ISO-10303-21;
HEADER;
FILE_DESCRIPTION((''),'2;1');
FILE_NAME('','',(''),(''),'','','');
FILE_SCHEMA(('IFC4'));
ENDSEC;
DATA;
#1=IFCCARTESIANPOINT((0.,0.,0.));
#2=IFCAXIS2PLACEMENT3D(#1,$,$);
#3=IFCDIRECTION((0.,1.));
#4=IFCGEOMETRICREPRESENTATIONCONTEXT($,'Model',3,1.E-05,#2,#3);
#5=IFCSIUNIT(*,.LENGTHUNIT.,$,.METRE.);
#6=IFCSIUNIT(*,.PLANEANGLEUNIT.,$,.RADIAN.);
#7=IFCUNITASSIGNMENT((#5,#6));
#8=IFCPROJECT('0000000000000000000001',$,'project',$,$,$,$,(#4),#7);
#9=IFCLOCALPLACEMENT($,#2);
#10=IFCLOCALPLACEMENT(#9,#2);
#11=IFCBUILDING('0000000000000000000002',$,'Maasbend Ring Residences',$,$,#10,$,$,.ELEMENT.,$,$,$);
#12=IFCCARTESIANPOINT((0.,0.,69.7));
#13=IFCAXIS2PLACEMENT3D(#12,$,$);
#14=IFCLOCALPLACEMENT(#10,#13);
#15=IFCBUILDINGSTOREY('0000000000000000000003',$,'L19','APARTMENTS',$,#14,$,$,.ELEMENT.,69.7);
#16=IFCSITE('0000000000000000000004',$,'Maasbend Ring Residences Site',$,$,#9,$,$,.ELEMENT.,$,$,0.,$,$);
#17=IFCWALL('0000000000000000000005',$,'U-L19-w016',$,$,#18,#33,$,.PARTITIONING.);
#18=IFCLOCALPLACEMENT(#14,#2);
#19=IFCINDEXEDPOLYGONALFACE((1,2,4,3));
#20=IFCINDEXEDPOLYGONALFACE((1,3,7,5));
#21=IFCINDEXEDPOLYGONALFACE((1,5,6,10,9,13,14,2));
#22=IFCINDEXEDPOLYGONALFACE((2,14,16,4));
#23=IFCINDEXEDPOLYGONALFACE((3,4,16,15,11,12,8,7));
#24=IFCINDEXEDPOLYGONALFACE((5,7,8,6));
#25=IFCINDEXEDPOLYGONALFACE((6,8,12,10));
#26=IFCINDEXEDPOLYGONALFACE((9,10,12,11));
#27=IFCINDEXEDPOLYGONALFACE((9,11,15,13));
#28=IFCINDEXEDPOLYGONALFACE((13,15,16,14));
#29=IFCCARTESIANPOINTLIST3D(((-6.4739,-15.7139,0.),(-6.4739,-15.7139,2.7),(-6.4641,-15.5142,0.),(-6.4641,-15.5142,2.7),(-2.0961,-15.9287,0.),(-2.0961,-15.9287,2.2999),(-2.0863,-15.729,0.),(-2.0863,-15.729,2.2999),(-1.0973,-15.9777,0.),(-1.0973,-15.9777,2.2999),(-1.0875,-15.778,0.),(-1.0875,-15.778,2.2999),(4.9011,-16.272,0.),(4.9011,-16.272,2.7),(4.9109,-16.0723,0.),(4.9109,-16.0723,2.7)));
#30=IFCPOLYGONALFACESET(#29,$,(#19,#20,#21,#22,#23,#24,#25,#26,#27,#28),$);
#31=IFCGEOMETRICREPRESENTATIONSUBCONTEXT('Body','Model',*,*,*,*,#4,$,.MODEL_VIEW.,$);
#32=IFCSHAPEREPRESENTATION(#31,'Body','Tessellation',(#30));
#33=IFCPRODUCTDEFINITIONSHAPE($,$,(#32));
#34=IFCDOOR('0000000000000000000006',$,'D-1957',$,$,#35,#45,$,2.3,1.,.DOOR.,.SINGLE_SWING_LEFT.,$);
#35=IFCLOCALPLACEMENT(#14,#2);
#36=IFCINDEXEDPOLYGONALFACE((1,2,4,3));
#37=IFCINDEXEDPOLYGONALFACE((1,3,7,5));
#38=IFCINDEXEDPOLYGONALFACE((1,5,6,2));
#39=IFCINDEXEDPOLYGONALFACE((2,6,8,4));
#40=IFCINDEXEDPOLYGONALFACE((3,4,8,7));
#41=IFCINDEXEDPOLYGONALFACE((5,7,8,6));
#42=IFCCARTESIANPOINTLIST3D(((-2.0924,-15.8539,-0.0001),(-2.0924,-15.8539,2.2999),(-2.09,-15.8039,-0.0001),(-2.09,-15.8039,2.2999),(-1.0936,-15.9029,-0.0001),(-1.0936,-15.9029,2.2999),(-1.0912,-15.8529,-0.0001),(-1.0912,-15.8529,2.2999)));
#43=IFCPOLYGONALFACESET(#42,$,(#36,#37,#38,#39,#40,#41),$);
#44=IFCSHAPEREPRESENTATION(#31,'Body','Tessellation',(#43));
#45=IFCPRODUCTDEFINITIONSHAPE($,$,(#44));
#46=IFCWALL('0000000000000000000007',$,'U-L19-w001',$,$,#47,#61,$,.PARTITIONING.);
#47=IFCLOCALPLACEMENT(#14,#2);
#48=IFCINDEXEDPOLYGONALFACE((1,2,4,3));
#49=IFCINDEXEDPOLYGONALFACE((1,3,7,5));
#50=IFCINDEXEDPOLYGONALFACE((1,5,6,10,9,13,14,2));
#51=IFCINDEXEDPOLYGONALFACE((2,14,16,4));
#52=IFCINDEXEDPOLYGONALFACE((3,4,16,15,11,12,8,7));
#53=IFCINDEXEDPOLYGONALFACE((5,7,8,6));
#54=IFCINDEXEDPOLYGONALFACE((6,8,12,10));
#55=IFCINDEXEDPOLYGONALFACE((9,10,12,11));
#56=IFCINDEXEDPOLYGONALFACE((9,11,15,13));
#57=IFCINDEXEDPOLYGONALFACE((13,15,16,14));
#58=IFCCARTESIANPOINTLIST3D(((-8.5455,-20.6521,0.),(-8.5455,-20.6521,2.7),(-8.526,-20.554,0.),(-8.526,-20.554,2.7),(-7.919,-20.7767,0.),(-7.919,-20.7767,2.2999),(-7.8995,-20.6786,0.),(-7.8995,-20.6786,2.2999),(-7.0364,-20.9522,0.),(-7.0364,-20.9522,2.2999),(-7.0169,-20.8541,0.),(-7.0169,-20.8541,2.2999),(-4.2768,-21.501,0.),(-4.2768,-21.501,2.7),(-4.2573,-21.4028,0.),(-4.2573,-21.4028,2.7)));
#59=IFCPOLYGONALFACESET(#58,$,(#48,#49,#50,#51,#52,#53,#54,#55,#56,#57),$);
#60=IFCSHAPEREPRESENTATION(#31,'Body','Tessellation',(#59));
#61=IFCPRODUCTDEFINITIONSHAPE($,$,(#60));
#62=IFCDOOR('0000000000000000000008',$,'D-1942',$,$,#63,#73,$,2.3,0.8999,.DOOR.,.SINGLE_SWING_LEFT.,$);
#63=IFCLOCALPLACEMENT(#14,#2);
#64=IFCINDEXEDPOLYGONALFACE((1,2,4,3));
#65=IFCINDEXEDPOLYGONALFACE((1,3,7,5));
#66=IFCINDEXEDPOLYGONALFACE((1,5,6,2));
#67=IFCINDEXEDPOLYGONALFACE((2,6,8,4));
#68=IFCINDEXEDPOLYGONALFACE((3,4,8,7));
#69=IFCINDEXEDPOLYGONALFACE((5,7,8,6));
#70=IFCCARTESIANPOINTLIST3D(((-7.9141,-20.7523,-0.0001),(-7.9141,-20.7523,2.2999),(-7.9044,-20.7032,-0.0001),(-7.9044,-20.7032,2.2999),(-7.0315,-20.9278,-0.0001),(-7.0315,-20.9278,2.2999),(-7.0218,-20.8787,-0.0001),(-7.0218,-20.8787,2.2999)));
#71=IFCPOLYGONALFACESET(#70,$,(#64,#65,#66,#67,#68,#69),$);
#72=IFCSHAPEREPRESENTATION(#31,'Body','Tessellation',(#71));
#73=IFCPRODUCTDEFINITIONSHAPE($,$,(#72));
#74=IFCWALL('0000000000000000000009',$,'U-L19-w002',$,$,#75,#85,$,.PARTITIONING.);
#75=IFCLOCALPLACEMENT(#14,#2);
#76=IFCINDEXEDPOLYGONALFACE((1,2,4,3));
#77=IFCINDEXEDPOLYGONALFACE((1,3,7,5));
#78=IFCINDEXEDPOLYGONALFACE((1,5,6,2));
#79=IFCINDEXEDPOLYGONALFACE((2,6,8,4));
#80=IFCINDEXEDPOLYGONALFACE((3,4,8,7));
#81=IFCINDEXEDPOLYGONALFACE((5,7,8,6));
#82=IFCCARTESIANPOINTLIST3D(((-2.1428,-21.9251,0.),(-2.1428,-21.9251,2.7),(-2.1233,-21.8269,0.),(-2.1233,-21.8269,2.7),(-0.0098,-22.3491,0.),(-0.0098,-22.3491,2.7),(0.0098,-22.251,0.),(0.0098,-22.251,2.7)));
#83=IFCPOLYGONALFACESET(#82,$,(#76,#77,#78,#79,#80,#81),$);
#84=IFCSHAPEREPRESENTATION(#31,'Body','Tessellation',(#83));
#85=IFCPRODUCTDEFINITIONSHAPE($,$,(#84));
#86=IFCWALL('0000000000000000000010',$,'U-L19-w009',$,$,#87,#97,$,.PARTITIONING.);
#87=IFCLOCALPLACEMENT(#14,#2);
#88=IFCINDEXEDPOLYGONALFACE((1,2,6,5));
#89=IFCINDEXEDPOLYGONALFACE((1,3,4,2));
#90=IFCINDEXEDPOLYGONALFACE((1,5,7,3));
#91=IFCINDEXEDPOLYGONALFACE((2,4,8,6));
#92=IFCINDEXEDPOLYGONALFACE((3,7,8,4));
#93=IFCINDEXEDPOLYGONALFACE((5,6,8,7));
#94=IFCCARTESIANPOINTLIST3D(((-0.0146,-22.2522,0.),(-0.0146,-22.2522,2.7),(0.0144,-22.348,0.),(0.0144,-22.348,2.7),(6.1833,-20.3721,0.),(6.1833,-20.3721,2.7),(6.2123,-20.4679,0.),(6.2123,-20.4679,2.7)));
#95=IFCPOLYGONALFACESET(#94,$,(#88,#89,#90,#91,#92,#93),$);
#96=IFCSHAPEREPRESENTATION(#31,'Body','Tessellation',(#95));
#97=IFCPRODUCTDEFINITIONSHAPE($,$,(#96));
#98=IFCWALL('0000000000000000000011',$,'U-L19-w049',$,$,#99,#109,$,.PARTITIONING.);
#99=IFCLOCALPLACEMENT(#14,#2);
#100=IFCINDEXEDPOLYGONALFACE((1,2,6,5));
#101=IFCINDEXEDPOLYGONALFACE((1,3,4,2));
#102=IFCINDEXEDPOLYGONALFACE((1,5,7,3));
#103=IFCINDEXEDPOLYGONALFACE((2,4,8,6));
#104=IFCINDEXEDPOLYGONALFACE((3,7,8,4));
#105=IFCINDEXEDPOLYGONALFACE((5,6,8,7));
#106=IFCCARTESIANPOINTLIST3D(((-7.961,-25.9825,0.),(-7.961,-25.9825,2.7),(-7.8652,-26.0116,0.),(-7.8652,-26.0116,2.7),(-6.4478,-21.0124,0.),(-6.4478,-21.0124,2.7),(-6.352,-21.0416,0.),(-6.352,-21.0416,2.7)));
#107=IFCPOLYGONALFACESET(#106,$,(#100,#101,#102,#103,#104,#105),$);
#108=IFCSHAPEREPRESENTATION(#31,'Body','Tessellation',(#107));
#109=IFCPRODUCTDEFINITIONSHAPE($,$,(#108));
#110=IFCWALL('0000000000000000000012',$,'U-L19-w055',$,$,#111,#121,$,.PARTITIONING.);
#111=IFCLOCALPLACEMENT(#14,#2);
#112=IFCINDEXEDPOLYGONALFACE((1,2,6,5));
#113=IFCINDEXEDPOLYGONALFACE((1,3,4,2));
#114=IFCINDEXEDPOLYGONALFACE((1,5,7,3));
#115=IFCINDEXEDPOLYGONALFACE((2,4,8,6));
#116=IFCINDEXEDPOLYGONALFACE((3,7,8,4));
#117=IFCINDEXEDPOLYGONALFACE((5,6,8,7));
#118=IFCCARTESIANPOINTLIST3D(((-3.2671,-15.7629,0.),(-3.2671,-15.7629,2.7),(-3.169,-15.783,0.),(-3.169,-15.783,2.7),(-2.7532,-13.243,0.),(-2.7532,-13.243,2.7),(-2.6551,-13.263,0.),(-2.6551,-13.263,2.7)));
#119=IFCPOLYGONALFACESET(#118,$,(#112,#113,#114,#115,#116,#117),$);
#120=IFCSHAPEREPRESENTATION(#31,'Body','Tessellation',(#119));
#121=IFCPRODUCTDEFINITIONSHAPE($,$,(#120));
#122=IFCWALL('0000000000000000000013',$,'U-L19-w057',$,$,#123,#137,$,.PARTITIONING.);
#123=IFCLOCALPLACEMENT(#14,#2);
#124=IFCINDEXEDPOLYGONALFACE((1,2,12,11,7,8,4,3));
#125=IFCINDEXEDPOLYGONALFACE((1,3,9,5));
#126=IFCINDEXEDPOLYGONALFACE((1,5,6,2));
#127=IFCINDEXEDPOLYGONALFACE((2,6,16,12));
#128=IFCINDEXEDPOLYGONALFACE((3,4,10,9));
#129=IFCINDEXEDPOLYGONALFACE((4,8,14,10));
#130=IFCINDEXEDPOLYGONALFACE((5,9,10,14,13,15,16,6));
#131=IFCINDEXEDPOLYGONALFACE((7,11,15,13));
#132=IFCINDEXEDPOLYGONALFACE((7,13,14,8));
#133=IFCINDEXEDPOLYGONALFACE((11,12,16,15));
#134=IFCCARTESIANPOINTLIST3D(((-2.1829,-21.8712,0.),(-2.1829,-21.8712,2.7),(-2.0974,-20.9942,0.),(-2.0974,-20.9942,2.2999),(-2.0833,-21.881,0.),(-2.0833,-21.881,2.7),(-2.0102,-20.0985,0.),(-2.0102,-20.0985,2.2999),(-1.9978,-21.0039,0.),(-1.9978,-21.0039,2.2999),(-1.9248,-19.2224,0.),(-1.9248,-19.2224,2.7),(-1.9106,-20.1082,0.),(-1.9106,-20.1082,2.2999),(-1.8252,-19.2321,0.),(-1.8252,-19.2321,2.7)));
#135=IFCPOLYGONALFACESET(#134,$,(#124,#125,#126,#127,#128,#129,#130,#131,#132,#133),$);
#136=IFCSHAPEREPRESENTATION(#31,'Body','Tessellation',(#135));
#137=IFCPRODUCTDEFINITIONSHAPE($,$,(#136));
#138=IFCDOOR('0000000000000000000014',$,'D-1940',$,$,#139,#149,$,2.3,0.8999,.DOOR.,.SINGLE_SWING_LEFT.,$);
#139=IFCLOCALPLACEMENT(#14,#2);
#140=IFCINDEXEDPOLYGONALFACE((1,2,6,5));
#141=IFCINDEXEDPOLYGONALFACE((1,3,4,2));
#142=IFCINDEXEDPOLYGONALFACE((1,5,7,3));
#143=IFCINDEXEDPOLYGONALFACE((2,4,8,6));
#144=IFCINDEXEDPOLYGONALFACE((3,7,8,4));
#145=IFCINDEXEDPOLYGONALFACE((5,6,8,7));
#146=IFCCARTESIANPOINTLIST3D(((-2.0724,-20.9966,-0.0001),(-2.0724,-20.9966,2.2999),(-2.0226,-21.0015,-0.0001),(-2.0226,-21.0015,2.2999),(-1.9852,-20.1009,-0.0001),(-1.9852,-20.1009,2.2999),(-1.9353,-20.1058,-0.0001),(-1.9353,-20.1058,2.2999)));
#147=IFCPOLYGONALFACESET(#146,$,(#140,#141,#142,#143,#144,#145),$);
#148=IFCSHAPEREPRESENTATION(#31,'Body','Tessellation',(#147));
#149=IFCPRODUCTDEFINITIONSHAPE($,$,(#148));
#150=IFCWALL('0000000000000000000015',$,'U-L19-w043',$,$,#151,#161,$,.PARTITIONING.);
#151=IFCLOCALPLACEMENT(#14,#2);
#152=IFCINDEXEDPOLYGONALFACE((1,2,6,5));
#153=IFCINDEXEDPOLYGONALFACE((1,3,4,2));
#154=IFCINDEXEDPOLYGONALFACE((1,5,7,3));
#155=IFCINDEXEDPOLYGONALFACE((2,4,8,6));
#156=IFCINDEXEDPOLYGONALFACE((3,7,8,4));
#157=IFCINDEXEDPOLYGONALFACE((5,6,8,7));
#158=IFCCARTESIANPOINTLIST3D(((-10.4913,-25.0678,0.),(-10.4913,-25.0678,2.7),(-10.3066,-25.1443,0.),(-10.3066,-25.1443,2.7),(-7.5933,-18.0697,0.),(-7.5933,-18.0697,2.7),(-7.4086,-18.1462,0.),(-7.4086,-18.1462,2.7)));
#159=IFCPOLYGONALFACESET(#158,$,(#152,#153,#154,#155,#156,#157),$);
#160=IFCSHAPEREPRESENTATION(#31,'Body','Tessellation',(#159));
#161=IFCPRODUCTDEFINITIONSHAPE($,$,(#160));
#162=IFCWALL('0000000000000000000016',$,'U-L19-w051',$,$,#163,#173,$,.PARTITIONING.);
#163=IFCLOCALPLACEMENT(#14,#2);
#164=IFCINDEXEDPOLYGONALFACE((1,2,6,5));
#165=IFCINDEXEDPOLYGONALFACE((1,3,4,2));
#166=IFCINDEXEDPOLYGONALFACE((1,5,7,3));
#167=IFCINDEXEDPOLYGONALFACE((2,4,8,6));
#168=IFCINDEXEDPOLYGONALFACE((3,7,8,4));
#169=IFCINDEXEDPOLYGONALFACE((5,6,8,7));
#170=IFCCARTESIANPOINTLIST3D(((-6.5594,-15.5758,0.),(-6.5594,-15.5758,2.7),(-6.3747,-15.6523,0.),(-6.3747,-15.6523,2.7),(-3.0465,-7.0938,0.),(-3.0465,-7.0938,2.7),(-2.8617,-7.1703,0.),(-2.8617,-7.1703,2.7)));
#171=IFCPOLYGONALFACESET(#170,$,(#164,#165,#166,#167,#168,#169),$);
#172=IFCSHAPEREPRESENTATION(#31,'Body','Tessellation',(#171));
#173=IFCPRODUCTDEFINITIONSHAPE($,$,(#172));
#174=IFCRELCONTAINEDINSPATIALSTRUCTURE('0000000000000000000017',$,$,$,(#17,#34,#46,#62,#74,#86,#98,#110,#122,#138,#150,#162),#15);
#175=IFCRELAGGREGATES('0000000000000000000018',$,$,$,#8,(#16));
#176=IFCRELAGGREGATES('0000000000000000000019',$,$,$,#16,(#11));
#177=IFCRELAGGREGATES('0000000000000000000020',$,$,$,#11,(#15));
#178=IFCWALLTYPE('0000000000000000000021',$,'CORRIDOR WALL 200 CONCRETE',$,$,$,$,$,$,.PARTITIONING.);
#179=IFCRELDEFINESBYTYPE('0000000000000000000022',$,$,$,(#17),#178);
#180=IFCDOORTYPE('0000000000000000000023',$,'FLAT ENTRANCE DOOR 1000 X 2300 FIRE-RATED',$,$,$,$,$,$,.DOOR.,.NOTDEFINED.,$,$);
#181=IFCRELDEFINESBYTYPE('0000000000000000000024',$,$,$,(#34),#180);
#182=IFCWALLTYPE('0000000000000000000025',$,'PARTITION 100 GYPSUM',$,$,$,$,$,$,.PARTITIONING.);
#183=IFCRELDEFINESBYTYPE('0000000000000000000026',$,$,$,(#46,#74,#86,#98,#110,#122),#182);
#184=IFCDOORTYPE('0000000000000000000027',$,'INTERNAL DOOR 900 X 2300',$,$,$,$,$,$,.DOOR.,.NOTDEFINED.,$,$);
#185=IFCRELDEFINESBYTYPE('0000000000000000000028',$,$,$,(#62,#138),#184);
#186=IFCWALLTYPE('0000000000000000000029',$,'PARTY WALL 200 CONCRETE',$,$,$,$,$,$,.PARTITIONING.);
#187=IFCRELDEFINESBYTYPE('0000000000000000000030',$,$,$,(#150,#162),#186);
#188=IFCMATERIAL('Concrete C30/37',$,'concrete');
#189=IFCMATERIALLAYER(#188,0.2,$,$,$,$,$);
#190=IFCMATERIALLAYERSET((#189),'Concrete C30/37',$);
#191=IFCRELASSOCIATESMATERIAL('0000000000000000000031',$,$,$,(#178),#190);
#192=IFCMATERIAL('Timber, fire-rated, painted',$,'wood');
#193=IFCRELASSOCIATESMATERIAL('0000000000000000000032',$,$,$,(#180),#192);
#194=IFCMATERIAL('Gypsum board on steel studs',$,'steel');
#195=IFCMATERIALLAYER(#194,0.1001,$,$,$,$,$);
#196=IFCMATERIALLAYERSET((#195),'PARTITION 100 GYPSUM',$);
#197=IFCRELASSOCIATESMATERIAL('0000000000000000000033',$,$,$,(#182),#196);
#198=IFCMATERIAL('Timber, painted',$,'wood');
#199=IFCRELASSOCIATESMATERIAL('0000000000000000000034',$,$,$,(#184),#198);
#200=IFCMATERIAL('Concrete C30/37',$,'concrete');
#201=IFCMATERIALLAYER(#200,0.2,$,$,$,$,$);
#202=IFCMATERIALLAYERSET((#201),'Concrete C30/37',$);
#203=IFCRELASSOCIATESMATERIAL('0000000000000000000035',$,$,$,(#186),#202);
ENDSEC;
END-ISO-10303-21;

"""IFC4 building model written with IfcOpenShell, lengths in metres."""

from ifc_helpers import new_model, si_unit, direction, frame, frame_2d, origin, place, context, subcontext, project, spatial, rectangle, extrude, material, layer, layer_set, type_object, element, fill, save


model = new_model("IFC4")

# Units and contexts
model_context = context("Model", 3, precision=1e-05, world=origin(), true_north=direction((0.0, 1.0)))
body_context = subcontext(model_context, "Body", "Model", "MODEL_VIEW")
ifc_project = project(units=[si_unit("LENGTHUNIT", "METRE"), si_unit("PLANEANGLEUNIT", "RADIAN")], contexts=[model_context])

# Site, building, storey
site_placement = place(None, origin())
site = spatial("IfcSite", under=ifc_project, at=site_placement, Name="Maasbend Ring Residences Site", CompositionType="ELEMENT", RefElevation=0.0)
building_placement = place(site_placement, origin())
building = spatial("IfcBuilding", under=site, at=building_placement, Name="Maasbend Ring Residences", CompositionType="ELEMENT")
storey_placement = place(building_placement, frame((0.0, 0.0, 69.7)))
storey = spatial("IfcBuildingStorey", under=building, at=storey_placement, Name="L19", Description="APARTMENTS", CompositionType="ELEMENT", Elevation=69.7)

# Walls, openings, doors
ifc_material_1 = material(Name="Concrete C30/37", Category="concrete")
ifc_layer_1 = layer(ifc_material_1, 0.2)
ifc_layer_set_1 = layer_set([ifc_layer_1], Name="Concrete C30/37")
wall_type_1 = type_object("IfcWallType", Name="CORRIDOR WALL 200 CONCRETE", PredefinedType="PARTITIONING", material=ifc_layer_set_1)
ifc_material_2 = material(Name="Timber, fire-rated, painted", Category="wood")
door_type_1 = type_object("IfcDoorType", Name="FLAT ENTRANCE DOOR 1000 X 2300 FIRE-RATED", OperationType="NOTDEFINED", PredefinedType="DOOR", material=ifc_material_2)
wall_1_placement = place(storey_placement, frame((-6.469, -15.614, 0.0), z_axis=(0.0, 0.0, 1.0), x_axis=(0.998799, -0.049005, 0.0)))
wall_1 = element("IfcWall", 1, at=wall_1_placement, inside=storey, type_object=wall_type_1, Name="U-L19-w016", PredefinedType="PARTITIONING", context=body_context, shape_type="SweptSolid", body=[
    extrude(rectangle(XDim=11.3887, YDim=0.2, at=frame_2d((5.6943, 0.0))), origin(), (0.0, 0.0, 1.0), 2.7),
])
opening_1_placement = place(wall_1_placement, frame((4.3831, 0.0, 0.0)))
opening_1 = element("IfcOpeningElement", 2, at=opening_1_placement, cuts=wall_1, PredefinedType="OPENING", context=body_context, shape_type="SweptSolid", body=[
    extrude(rectangle(XDim=1.0, YDim=2.3, at=frame_2d((0.5, 1.1499))), frame((0.0, 0.1099, 0.0), z_axis=(0.0, -1.0, 0.0), x_axis=(1.0, 0.0, 0.0)), (0.0, 0.0, 1.0), 0.22),
])
door_1_placement = place(opening_1_placement, origin())
door_1 = element("IfcDoor", 3, at=door_1_placement, inside=storey, type_object=door_type_1, Name="D-1957", OperationType="SINGLE_SWING_LEFT", OverallHeight=2.3, OverallWidth=1.0, PredefinedType="DOOR", context=body_context, shape_type="SweptSolid", body=[
    extrude(rectangle(XDim=1.0, YDim=2.3, at=frame_2d((0.5, 1.1499))), frame((0.0, 0.0249, 0.0), z_axis=(0.0, -1.0, 0.0), x_axis=(1.0, 0.0, 0.0)), (0.0, 0.0, 1.0), 0.05),
])
fill(opening_1, door_1)
ifc_material_3 = material(Name="Gypsum board on steel studs", Category="steel")
ifc_layer_2 = layer(ifc_material_3, 0.1001)
ifc_layer_set_2 = layer_set([ifc_layer_2], Name="PARTITION 100 GYPSUM")
wall_type_2 = type_object("IfcWallType", Name="PARTITION 100 GYPSUM", PredefinedType="PARTITIONING", material=ifc_layer_set_2)
wall_2_placement = place(storey_placement, frame((-8.5359, -20.603, 0.0), z_axis=(0.0, 0.0, 1.0), x_axis=(0.980796, -0.195037, 0.0)))
wall_2 = element("IfcWall", 4, at=wall_2_placement, inside=storey, type_object=wall_type_2, Name="U-L19-w001", PredefinedType="PARTITIONING", context=body_context, shape_type="SweptSolid", body=[
    extrude(rectangle(XDim=4.3523, YDim=0.1001, at=frame_2d((2.1763, 0.0))), origin(), (0.0, 0.0, 1.0), 2.7),
])
opening_2_placement = place(wall_2_placement, frame((0.6389, 0.0, 0.0)))
opening_2 = element("IfcOpeningElement", 5, at=opening_2_placement, cuts=wall_2, PredefinedType="OPENING", context=body_context, shape_type="SweptSolid", body=[
    extrude(rectangle(XDim=0.8999, YDim=2.3, at=frame_2d((0.45, 1.1499))), frame((0.0, 0.0601, 0.0), z_axis=(0.0, -1.0, 0.0), x_axis=(1.0, 0.0, 0.0)), (0.0, 0.0, 1.0), 0.1201),
])
ifc_material_4 = material(Name="Timber, painted", Category="wood")
door_type_2 = type_object("IfcDoorType", Name="INTERNAL DOOR 900 X 2300", OperationType="NOTDEFINED", PredefinedType="DOOR", material=ifc_material_4)
door_2_placement = place(opening_2_placement, origin())
door_2 = element("IfcDoor", 6, at=door_2_placement, inside=storey, type_object=door_type_2, Name="D-1942", OperationType="SINGLE_SWING_LEFT", OverallHeight=2.3, OverallWidth=0.8999, PredefinedType="DOOR", context=body_context, shape_type="SweptSolid", body=[
    extrude(rectangle(XDim=0.8999, YDim=2.3, at=frame_2d((0.45, 1.1499))), frame((0.0, 0.0249, 0.0), z_axis=(0.0, -1.0, 0.0), x_axis=(1.0, 0.0, 0.0)), (0.0, 0.0, 1.0), 0.05),
])
fill(opening_2, door_2)

# Walls
wall_3_placement = place(storey_placement, frame((-2.1331, -21.876, 0.0), z_axis=(0.0, 0.0, 1.0), x_axis=(0.980805, -0.194993, 0.0)))
element("IfcWall", 7, at=wall_3_placement, inside=storey, type_object=wall_type_2, Name="U-L19-w002", PredefinedType="PARTITIONING", context=body_context, shape_type="SweptSolid", body=[
    extrude(rectangle(XDim=2.1748, YDim=0.1001, at=frame_2d((1.0874, 0.0))), origin(), (0.0, 0.0, 1.0), 2.7),
])
wall_4_placement = place(storey_placement, frame((0.0, -22.3, 0.0), z_axis=(0.0, 0.0, 1.0), x_axis=(0.956941, 0.290283, 0.0)))
element("IfcWall", 8, at=wall_4_placement, inside=storey, type_object=wall_type_2, Name="U-L19-w009", PredefinedType="PARTITIONING", context=body_context, shape_type="SweptSolid", body=[
    extrude(rectangle(XDim=6.4768, YDim=0.1001, at=frame_2d((3.2383, 0.0))), origin(), (0.0, 0.0, 1.0), 2.7),
])
wall_5_placement = place(storey_placement, frame((-7.9131, -25.9971, 0.0), z_axis=(0.0, 0.0, 1.0), x_axis=(0.291264, 0.956643, 0.0)))
element("IfcWall", 9, at=wall_5_placement, inside=storey, type_object=wall_type_2, Name="U-L19-w049", PredefinedType="PARTITIONING", context=body_context, shape_type="SweptSolid", body=[
    extrude(rectangle(XDim=5.1953, YDim=0.1001, at=frame_2d((2.5977, 0.0))), origin(), (0.0, 0.0, 1.0), 2.7),
])
wall_6_placement = place(storey_placement, frame((-3.218, -15.7729, 0.0), z_axis=(0.0, 0.0, 1.0), x_axis=(0.199821, 0.979833, 0.0)))
element("IfcWall", 10, at=wall_6_placement, inside=storey, type_object=wall_type_2, Name="U-L19-w055", PredefinedType="PARTITIONING", context=body_context, shape_type="SweptSolid", body=[
    extrude(rectangle(XDim=2.5718, YDim=0.1001, at=frame_2d((1.2859, 0.0))), origin(), (0.0, 0.0, 1.0), 2.7),
])

# Wall, opening, door
wall_7_placement = place(storey_placement, frame((-2.1331, -21.876, 0.0), z_axis=(0.0, 0.0, 1.0), x_axis=(0.09696, 0.995288, 0.0)))
wall_7 = element("IfcWall", 11, at=wall_7_placement, inside=storey, type_object=wall_type_2, Name="U-L19-w057", PredefinedType="PARTITIONING", context=body_context, shape_type="SweptSolid", body=[
    extrude(rectangle(XDim=2.6614, YDim=0.1001, at=frame_2d((1.3306, 0.0))), origin(), (0.0, 0.0, 1.0), 2.7),
])
opening_3_placement = place(wall_7_placement, frame((0.8811, 0.0, 0.0)))
opening_3 = element("IfcOpeningElement", 12, at=opening_3_placement, cuts=wall_7, PredefinedType="OPENING", context=body_context, shape_type="SweptSolid", body=[
    extrude(rectangle(XDim=0.8999, YDim=2.3, at=frame_2d((0.45, 1.1499))), frame((0.0, 0.0601, 0.0), z_axis=(0.0, -1.0, 0.0), x_axis=(1.0, 0.0, 0.0)), (0.0, 0.0, 1.0), 0.1201),
])
door_3_placement = place(opening_3_placement, origin())
door_3 = element("IfcDoor", 13, at=door_3_placement, inside=storey, type_object=door_type_2, Name="D-1940", OperationType="SINGLE_SWING_LEFT", OverallHeight=2.3, OverallWidth=0.8999, PredefinedType="DOOR", context=body_context, shape_type="SweptSolid", body=[
    extrude(rectangle(XDim=0.8999, YDim=2.3, at=frame_2d((0.45, 1.1499))), frame((0.0, 0.0249, 0.0), z_axis=(0.0, -1.0, 0.0), x_axis=(1.0, 0.0, 0.0)), (0.0, 0.0, 1.0), 0.05),
])
fill(opening_3, door_3)

# Walls
ifc_material_5 = material(Name="Concrete C30/37", Category="concrete")
ifc_layer_3 = layer(ifc_material_5, 0.2)
ifc_layer_set_3 = layer_set([ifc_layer_3], Name="Concrete C30/37")
wall_type_3 = type_object("IfcWallType", Name="PARTY WALL 200 CONCRETE", PredefinedType="PARTITIONING", material=ifc_layer_set_3)
wall_8_placement = place(storey_placement, frame((-10.3989, -25.106, 0.0), z_axis=(0.0, 0.0, 1.0), x_axis=(0.3826, 0.923914, 0.0)))
element("IfcWall", 14, at=wall_8_placement, inside=storey, type_object=wall_type_3, Name="U-L19-w043", PredefinedType="PARTITIONING", context=body_context, shape_type="SweptSolid", body=[
    extrude(rectangle(XDim=7.5745, YDim=0.2, at=frame_2d((3.7871, 0.0))), origin(), (0.0, 0.0, 1.0), 2.7),
])
wall_9_placement = place(storey_placement, frame((-6.467, -15.614, 0.0), z_axis=(0.0, 0.0, 1.0), x_axis=(0.382647, 0.923895, 0.0)))
element("IfcWall", 15, at=wall_9_placement, inside=storey, type_object=wall_type_3, Name="U-L19-w051", PredefinedType="PARTITIONING", context=body_context, shape_type="SweptSolid", body=[
    extrude(rectangle(XDim=9.1807, YDim=0.2, at=frame_2d((4.5903, 0.0))), origin(), (0.0, 0.0, 1.0), 2.7),
])

save(model, "model.ifc")
